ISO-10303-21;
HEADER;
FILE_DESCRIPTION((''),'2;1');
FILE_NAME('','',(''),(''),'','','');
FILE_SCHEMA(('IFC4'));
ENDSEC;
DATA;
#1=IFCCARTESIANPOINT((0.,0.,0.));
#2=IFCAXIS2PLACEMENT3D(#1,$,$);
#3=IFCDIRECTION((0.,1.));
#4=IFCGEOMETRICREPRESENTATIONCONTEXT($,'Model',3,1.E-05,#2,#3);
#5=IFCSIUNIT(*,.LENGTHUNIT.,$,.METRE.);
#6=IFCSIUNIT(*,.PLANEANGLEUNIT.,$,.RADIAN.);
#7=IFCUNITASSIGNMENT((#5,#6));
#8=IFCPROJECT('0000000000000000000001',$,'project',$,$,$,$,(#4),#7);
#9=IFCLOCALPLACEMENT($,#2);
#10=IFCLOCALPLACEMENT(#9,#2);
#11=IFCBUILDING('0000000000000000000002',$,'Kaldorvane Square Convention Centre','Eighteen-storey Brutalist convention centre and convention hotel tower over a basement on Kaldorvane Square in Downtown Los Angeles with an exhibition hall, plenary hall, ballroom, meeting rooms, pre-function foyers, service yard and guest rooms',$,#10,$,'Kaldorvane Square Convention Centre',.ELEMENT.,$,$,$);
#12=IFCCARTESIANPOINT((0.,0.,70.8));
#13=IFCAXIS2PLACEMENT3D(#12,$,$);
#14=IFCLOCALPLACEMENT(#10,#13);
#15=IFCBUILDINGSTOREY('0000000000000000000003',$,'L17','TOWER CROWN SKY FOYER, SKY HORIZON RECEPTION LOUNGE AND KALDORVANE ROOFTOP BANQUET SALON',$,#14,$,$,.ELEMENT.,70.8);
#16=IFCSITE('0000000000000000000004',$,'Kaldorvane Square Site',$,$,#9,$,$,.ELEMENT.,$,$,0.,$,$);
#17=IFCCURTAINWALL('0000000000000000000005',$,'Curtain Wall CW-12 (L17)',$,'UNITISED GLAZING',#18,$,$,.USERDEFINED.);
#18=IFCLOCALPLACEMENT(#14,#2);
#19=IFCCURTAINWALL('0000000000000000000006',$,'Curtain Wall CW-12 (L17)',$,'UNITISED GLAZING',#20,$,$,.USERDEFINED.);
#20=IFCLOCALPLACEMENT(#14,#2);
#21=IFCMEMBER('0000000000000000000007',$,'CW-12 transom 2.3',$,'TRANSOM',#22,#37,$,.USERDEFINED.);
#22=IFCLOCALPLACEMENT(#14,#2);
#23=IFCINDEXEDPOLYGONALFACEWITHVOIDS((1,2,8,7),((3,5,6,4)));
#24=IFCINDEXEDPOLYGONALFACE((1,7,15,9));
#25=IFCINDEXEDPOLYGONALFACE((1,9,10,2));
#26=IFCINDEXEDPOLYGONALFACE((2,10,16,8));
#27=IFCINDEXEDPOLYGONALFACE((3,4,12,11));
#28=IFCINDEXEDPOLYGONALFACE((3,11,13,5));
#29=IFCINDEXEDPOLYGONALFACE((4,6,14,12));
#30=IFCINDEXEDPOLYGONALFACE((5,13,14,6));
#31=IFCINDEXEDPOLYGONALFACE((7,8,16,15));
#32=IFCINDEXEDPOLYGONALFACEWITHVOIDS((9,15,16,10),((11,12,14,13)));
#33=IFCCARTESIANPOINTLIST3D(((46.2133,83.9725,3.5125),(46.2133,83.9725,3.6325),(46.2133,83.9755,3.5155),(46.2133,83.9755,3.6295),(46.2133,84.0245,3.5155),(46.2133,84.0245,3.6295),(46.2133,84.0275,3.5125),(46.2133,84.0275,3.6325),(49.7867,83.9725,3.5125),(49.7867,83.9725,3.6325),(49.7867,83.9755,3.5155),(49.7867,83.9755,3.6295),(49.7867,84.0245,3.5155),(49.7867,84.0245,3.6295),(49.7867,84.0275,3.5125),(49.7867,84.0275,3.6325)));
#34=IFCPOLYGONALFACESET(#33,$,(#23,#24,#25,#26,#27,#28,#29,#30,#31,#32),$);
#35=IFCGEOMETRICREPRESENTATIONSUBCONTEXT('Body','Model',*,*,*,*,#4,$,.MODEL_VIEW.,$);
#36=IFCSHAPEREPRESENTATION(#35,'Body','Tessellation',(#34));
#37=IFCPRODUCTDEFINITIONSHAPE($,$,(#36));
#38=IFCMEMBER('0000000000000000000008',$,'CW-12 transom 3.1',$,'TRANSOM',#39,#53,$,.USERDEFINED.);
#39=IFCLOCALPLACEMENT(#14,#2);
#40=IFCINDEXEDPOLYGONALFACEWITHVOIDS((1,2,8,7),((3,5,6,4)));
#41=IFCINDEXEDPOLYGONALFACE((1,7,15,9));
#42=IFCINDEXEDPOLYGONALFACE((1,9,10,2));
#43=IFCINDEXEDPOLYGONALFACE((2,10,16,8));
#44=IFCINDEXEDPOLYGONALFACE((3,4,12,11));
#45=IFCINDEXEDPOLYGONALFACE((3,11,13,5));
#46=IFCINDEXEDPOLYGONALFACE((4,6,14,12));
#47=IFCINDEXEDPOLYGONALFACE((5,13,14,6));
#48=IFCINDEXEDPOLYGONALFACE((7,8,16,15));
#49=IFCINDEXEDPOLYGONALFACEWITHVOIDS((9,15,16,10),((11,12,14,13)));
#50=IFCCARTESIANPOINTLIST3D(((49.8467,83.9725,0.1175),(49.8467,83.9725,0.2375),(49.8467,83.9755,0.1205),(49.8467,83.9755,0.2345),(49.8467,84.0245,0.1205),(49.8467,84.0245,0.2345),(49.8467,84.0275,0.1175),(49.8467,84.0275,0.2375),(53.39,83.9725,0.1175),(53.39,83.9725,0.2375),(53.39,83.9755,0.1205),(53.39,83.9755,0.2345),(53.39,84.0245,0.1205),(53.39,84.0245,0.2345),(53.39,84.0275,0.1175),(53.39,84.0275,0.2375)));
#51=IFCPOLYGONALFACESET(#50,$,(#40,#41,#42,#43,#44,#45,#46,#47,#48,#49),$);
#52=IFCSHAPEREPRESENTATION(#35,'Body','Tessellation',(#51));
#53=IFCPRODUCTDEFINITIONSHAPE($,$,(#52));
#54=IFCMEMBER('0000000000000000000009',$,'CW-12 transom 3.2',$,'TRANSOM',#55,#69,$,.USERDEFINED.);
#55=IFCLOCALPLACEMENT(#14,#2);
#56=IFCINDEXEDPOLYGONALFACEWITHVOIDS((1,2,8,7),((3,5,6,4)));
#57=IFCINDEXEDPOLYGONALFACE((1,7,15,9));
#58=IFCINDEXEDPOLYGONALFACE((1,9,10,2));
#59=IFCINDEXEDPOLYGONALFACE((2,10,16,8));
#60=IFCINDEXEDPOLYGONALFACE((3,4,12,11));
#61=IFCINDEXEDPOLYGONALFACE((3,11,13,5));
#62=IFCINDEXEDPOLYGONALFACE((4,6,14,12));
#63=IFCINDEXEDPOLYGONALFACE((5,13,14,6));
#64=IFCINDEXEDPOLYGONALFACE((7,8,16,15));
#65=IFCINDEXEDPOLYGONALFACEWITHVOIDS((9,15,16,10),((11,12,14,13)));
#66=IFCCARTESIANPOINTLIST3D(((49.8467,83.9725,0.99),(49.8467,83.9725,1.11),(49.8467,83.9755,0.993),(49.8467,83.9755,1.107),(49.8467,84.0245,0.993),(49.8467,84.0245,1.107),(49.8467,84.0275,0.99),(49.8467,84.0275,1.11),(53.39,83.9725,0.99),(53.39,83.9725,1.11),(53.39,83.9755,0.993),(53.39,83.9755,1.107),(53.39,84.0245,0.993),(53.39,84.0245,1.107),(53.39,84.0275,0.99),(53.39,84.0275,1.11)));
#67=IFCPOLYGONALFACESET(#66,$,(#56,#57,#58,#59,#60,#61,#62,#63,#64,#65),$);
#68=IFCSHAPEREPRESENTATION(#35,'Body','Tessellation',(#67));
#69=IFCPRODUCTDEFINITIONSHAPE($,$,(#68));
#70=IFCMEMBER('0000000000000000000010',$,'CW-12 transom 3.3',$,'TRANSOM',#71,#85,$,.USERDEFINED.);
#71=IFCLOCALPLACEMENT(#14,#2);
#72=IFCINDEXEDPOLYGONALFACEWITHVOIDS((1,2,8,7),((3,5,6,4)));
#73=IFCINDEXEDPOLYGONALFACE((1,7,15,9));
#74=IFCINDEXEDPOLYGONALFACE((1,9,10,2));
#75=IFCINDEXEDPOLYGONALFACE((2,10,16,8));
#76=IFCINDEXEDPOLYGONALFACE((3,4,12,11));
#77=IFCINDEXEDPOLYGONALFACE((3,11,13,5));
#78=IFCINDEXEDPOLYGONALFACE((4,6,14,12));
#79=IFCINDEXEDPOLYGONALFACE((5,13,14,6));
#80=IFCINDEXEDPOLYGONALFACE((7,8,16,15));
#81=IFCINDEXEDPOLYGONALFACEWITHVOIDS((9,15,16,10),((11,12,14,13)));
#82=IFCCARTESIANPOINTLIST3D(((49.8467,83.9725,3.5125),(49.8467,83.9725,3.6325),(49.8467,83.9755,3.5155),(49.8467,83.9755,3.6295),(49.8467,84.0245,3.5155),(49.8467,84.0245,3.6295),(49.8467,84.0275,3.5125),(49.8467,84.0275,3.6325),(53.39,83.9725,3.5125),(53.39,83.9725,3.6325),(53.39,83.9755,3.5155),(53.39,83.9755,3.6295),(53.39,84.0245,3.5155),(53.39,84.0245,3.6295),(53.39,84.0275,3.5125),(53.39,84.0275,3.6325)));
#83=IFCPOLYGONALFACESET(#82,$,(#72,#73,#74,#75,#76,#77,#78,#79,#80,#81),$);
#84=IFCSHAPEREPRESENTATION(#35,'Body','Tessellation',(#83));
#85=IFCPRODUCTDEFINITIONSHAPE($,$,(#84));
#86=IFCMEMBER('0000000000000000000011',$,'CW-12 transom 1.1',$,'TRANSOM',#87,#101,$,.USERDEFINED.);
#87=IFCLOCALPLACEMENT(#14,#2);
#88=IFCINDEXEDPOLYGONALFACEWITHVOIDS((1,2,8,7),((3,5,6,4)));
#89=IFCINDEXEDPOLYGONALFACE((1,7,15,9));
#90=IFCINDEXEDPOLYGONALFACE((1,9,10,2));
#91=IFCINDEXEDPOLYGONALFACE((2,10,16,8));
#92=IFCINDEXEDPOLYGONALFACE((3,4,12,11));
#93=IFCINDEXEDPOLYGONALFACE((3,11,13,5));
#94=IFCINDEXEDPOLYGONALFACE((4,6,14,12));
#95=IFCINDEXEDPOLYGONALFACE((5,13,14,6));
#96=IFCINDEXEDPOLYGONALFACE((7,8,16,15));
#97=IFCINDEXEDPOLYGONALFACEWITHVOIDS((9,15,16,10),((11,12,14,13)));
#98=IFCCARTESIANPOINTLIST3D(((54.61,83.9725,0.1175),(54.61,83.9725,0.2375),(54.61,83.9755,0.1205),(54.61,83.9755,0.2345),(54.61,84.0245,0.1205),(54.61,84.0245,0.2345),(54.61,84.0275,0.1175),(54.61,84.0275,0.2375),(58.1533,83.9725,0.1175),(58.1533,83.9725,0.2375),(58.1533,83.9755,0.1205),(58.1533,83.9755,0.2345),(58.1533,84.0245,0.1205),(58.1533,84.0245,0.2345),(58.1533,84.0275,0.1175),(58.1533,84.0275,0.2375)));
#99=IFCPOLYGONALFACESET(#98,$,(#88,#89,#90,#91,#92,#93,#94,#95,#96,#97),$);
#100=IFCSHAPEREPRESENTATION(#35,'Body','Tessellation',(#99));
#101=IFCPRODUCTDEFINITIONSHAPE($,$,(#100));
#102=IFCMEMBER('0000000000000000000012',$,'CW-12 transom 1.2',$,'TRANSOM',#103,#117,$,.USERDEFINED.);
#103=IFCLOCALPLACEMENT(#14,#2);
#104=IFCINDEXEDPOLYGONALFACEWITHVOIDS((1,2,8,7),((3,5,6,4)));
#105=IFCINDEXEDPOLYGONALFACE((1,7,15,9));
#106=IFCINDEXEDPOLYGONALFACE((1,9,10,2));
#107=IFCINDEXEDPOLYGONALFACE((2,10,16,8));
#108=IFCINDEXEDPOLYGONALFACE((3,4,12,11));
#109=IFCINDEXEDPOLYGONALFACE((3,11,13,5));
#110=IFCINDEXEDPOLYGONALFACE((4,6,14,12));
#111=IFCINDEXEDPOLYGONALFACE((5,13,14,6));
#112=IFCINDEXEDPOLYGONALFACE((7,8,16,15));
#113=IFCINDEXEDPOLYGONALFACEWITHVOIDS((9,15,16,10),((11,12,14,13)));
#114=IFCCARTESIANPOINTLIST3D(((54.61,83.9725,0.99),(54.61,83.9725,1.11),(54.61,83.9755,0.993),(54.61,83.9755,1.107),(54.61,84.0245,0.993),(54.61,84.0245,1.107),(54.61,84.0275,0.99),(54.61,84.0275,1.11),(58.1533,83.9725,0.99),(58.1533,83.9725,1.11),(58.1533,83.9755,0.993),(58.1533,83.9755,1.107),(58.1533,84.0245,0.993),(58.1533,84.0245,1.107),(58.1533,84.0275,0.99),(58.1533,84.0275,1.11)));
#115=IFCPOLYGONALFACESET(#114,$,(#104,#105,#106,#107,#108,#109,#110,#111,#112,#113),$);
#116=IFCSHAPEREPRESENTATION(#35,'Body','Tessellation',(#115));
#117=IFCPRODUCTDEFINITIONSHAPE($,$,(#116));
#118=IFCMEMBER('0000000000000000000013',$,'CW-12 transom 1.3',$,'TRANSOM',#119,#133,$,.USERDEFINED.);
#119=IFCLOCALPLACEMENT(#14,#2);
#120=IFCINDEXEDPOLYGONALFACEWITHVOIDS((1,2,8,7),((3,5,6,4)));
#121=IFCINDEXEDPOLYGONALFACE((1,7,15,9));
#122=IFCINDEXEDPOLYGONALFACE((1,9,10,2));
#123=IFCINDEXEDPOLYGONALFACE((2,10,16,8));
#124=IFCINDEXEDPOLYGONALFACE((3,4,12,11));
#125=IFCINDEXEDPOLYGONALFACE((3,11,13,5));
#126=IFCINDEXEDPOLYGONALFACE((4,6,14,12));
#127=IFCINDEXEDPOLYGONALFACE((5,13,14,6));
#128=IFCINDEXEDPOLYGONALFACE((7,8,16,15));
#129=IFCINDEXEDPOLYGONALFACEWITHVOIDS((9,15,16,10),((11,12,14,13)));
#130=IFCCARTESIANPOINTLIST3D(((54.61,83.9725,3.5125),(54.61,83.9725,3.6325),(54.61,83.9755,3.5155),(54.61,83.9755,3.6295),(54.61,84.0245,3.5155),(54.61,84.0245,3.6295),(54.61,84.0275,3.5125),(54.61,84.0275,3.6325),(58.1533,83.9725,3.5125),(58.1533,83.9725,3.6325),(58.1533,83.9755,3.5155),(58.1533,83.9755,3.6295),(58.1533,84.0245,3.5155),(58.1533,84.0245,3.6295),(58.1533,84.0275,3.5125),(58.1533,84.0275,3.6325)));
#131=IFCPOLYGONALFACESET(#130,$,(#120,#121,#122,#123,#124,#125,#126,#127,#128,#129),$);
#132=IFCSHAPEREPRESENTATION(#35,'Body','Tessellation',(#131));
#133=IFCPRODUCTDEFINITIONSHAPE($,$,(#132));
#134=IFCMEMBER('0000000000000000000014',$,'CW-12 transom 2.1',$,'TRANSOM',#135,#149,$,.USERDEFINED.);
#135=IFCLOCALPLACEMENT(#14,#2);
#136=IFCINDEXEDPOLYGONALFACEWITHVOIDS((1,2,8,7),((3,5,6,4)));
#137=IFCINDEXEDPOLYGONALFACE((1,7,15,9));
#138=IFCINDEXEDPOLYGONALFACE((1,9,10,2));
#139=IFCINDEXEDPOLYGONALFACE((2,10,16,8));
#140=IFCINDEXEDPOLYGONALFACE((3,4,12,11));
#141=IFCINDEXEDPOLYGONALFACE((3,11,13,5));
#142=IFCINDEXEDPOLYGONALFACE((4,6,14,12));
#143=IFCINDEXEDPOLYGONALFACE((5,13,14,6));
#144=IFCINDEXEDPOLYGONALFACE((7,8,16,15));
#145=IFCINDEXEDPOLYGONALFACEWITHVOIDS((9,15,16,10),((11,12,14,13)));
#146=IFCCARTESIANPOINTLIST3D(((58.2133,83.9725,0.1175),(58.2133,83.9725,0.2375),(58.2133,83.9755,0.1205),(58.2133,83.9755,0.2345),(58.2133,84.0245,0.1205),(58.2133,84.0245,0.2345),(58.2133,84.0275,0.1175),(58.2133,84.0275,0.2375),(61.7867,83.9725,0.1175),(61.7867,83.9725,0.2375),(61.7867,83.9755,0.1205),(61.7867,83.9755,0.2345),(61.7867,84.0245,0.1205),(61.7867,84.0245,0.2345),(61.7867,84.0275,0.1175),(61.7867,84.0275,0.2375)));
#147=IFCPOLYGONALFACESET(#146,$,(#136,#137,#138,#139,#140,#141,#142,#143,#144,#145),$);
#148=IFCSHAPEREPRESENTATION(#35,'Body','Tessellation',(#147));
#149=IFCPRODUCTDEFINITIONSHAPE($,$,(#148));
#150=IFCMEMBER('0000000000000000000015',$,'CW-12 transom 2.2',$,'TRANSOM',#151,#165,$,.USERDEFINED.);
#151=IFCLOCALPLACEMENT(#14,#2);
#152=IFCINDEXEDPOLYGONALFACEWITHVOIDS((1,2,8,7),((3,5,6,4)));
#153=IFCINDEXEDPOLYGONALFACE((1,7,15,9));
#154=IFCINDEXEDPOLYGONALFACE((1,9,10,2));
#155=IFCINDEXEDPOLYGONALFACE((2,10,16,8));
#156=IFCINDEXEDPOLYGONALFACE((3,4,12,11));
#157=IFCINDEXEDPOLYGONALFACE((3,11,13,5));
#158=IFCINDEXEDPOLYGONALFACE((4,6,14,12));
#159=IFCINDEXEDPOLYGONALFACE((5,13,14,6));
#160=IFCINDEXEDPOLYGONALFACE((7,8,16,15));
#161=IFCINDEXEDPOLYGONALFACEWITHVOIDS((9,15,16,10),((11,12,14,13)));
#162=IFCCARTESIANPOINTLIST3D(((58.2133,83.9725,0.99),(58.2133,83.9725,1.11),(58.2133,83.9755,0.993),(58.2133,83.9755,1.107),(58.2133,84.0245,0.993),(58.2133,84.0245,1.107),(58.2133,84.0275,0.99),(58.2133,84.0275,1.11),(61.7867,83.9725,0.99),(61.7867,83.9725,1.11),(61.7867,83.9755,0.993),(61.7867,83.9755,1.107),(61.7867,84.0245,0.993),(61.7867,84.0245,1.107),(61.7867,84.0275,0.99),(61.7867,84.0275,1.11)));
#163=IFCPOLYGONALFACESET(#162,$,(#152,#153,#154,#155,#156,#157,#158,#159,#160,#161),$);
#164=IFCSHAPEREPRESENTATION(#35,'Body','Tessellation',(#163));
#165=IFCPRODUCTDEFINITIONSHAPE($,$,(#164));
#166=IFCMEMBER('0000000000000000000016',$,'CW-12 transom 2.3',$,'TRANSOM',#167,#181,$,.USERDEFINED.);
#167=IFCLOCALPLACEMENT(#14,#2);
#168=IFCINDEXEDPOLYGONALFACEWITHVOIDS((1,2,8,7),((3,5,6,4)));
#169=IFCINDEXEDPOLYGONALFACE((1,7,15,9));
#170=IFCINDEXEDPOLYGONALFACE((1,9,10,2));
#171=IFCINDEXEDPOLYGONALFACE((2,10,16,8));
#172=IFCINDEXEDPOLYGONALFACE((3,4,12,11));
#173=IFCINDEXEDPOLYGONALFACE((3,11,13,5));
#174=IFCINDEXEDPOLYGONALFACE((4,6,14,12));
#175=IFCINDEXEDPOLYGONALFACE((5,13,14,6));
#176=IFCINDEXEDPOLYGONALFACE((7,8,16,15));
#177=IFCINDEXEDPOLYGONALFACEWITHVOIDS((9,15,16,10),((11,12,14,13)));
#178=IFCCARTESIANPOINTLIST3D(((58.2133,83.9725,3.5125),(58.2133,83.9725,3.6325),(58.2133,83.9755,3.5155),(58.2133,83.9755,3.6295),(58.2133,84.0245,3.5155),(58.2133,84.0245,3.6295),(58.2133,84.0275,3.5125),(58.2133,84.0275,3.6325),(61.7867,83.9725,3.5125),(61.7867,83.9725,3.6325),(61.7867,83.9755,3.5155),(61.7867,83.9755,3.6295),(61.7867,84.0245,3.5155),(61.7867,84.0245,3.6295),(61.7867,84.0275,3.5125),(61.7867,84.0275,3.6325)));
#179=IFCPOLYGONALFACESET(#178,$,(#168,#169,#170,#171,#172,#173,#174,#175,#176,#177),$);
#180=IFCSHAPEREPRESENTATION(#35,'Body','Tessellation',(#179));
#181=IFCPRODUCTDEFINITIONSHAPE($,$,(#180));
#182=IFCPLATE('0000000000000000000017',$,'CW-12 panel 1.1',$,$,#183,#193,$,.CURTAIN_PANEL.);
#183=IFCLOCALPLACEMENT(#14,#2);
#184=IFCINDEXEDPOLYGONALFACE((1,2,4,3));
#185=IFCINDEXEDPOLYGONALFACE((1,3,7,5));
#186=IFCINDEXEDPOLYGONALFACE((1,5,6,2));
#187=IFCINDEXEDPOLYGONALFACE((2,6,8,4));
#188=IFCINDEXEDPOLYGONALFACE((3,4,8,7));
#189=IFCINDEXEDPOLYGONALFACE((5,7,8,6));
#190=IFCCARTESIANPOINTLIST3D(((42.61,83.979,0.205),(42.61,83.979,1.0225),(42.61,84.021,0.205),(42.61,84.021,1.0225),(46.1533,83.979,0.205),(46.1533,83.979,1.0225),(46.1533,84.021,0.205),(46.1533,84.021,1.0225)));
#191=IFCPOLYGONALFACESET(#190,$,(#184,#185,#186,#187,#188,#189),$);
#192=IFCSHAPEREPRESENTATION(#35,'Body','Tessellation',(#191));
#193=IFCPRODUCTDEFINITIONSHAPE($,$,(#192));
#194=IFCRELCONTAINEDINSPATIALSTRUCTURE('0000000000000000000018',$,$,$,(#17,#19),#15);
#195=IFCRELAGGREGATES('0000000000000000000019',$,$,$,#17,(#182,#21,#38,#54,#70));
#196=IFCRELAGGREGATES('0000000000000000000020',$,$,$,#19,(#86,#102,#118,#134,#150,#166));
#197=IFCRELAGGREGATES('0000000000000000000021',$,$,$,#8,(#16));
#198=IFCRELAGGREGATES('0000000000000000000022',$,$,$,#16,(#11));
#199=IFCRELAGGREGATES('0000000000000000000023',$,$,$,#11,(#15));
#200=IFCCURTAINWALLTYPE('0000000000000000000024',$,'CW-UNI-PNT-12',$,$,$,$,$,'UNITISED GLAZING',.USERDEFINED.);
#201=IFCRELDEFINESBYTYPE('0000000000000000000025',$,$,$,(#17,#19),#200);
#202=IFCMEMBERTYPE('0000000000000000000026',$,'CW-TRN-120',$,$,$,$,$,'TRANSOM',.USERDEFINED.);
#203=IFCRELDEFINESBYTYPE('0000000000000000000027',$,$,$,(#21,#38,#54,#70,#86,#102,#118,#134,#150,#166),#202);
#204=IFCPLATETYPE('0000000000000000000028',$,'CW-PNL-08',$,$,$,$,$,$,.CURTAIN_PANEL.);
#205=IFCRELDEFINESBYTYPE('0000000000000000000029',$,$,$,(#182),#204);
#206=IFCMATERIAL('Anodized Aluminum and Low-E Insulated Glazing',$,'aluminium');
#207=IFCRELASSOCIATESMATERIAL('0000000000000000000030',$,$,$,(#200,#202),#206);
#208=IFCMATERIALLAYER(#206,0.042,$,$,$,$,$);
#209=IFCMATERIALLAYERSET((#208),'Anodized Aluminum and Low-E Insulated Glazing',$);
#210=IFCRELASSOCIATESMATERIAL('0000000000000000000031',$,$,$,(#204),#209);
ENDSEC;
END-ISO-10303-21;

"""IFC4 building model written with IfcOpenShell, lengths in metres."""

from ifc_helpers import new_model, si_unit, direction, frame, origin, origin_2d, place, context, subcontext, project, spatial, rectangle, hollow_rectangle, extrude, material, layer, layer_set, material_profile, profile_set, type_object, element, aggregate, save


model = new_model("IFC4")

# Units and contexts
model_context = context("Model", 3, precision=1e-05, world=origin(), true_north=direction((0.0, 1.0)))
body_context = subcontext(model_context, "Body", "Model", "MODEL_VIEW")
ifc_project = project(units=[si_unit("LENGTHUNIT", "METRE"), si_unit("PLANEANGLEUNIT", "RADIAN")], contexts=[model_context])

# Site, building, storey
site_placement = place(None, origin())
site = spatial("IfcSite", under=ifc_project, at=site_placement, Name="Kaldorvane Square Site", CompositionType="ELEMENT", RefElevation=0.0)
building_placement = place(site_placement, origin())
building = spatial("IfcBuilding", under=site, at=building_placement, Name="Kaldorvane Square Convention Centre", Description="Eighteen-storey Brutalist convention centre and convention hotel tower over a basement on Kaldorvane Square in Downtown Los Angeles with an exhibition hall, plenary hall, ballroom, meeting rooms, pre-function foyers, service yard and guest rooms", LongName="Kaldorvane Square Convention Centre", CompositionType="ELEMENT")
storey_placement = place(building_placement, frame((0.0, 0.0, 70.8)))
storey = spatial("IfcBuildingStorey", under=building, at=storey_placement, Name="L17", Description="TOWER CROWN SKY FOYER, SKY HORIZON RECEPTION LOUNGE AND KALDORVANE ROOFTOP BANQUET SALON", CompositionType="ELEMENT", Elevation=70.8)

# Curtain walls
ifc_material_1 = material(Name="Anodized Aluminum and Low-E Insulated Glazing", Category="aluminium")
curtain_wall_type = type_object("IfcCurtainWallType", Name="CW-UNI-PNT-12", ElementType="UNITISED GLAZING", PredefinedType="USERDEFINED", material=ifc_material_1)
curtain_wall_1_placement = place(storey_placement, origin())
curtain_wall_1 = element("IfcCurtainWall", 1, at=curtain_wall_1_placement, inside=storey, type_object=curtain_wall_type, Name="Curtain Wall CW-12 (L17)", ObjectType="UNITISED GLAZING", PredefinedType="USERDEFINED")
curtain_wall_2_placement = place(storey_placement, origin())
curtain_wall_2 = element("IfcCurtainWall", 2, at=curtain_wall_2_placement, inside=storey, type_object=curtain_wall_type, Name="Curtain Wall CW-12 (L17)", ObjectType="UNITISED GLAZING", PredefinedType="USERDEFINED")

# Members
ifc_material_profile_1 = material_profile(ifc_material_1, hollow_rectangle(XDim=0.055, YDim=0.12, WallThickness=0.003, at=origin_2d()), Name="CWT-120X55")
ifc_profile_set_1 = profile_set([ifc_material_profile_1], Name="Anodized Aluminum and Low-E Insulated Glazing")
member_type_1 = type_object("IfcMemberType", Name="CW-TRN-120", ElementType="TRANSOM", PredefinedType="USERDEFINED", material=ifc_profile_set_1)
member_1_placement = place(storey_placement, frame((46.2133, 84.0, 3.5725), z_axis=(1.0, 0.0, 0.0), x_axis=(0.0, 1.0, 0.0)))
member_1 = element("IfcMember", 3, at=member_1_placement, type_object=member_type_1, Name="CW-12 transom 2.3", ObjectType="TRANSOM", PredefinedType="USERDEFINED", context=body_context, shape_type="SweptSolid", body=[
    extrude(hollow_rectangle(XDim=0.055, YDim=0.12, WallThickness=0.003, at=origin_2d()), origin(), (0.0, 0.0, 1.0), 3.5733),
])
member_2_placement = place(storey_placement, frame((49.8467, 84.0, 0.1775), z_axis=(1.0, 0.0, 0.0), x_axis=(0.0, 1.0, 0.0)))
member_2 = element("IfcMember", 4, at=member_2_placement, type_object=member_type_1, Name="CW-12 transom 3.1", ObjectType="TRANSOM", PredefinedType="USERDEFINED", context=body_context, shape_type="SweptSolid", body=[
    extrude(hollow_rectangle(XDim=0.055, YDim=0.12, WallThickness=0.003, at=origin_2d()), origin(), (0.0, 0.0, 1.0), 3.5433),
])
member_3_placement = place(storey_placement, frame((49.8467, 84.0, 1.05), z_axis=(1.0, 0.0, 0.0), x_axis=(0.0, 1.0, 0.0)))
member_3 = element("IfcMember", 5, at=member_3_placement, type_object=member_type_1, Name="CW-12 transom 3.2", ObjectType="TRANSOM", PredefinedType="USERDEFINED", context=body_context, shape_type="SweptSolid", body=[
    extrude(hollow_rectangle(XDim=0.055, YDim=0.12, WallThickness=0.003, at=origin_2d()), origin(), (0.0, 0.0, 1.0), 3.5433),
])
member_4_placement = place(storey_placement, frame((49.8467, 84.0, 3.5725), z_axis=(1.0, 0.0, 0.0), x_axis=(0.0, 1.0, 0.0)))
member_4 = element("IfcMember", 6, at=member_4_placement, type_object=member_type_1, Name="CW-12 transom 3.3", ObjectType="TRANSOM", PredefinedType="USERDEFINED", context=body_context, shape_type="SweptSolid", body=[
    extrude(hollow_rectangle(XDim=0.055, YDim=0.12, WallThickness=0.003, at=origin_2d()), origin(), (0.0, 0.0, 1.0), 3.5433),
])
member_5_placement = place(storey_placement, frame((54.61, 84.0, 0.1775), z_axis=(1.0, 0.0, 0.0), x_axis=(0.0, 1.0, 0.0)))
member_5 = element("IfcMember", 7, at=member_5_placement, type_object=member_type_1, Name="CW-12 transom 1.1", ObjectType="TRANSOM", PredefinedType="USERDEFINED", context=body_context, shape_type="SweptSolid", body=[
    extrude(hollow_rectangle(XDim=0.055, YDim=0.12, WallThickness=0.003, at=origin_2d()), origin(), (0.0, 0.0, 1.0), 3.5433),
])
member_6_placement = place(storey_placement, frame((54.61, 84.0, 1.05), z_axis=(1.0, 0.0, 0.0), x_axis=(0.0, 1.0, 0.0)))
member_6 = element("IfcMember", 8, at=member_6_placement, type_object=member_type_1, Name="CW-12 transom 1.2", ObjectType="TRANSOM", PredefinedType="USERDEFINED", context=body_context, shape_type="SweptSolid", body=[
    extrude(hollow_rectangle(XDim=0.055, YDim=0.12, WallThickness=0.003, at=origin_2d()), origin(), (0.0, 0.0, 1.0), 3.5433),
])
member_7_placement = place(storey_placement, frame((54.61, 84.0, 3.5725), z_axis=(1.0, 0.0, 0.0), x_axis=(0.0, 1.0, 0.0)))
member_7 = element("IfcMember", 9, at=member_7_placement, type_object=member_type_1, Name="CW-12 transom 1.3", ObjectType="TRANSOM", PredefinedType="USERDEFINED", context=body_context, shape_type="SweptSolid", body=[
    extrude(hollow_rectangle(XDim=0.055, YDim=0.12, WallThickness=0.003, at=origin_2d()), origin(), (0.0, 0.0, 1.0), 3.5433),
])
member_8_placement = place(storey_placement, frame((58.2133, 84.0, 0.1775), z_axis=(1.0, 0.0, 0.0), x_axis=(0.0, 1.0, 0.0)))
member_8 = element("IfcMember", 10, at=member_8_placement, type_object=member_type_1, Name="CW-12 transom 2.1", ObjectType="TRANSOM", PredefinedType="USERDEFINED", context=body_context, shape_type="SweptSolid", body=[
    extrude(hollow_rectangle(XDim=0.055, YDim=0.12, WallThickness=0.003, at=origin_2d()), origin(), (0.0, 0.0, 1.0), 3.5733),
])
member_9_placement = place(storey_placement, frame((58.2133, 84.0, 1.05), z_axis=(1.0, 0.0, 0.0), x_axis=(0.0, 1.0, 0.0)))
member_9 = element("IfcMember", 11, at=member_9_placement, type_object=member_type_1, Name="CW-12 transom 2.2", ObjectType="TRANSOM", PredefinedType="USERDEFINED", context=body_context, shape_type="SweptSolid", body=[
    extrude(hollow_rectangle(XDim=0.055, YDim=0.12, WallThickness=0.003, at=origin_2d()), origin(), (0.0, 0.0, 1.0), 3.5733),
])
member_10_placement = place(storey_placement, frame((58.2133, 84.0, 3.5725), z_axis=(1.0, 0.0, 0.0), x_axis=(0.0, 1.0, 0.0)))
member_10 = element("IfcMember", 12, at=member_10_placement, type_object=member_type_1, Name="CW-12 transom 2.3", ObjectType="TRANSOM", PredefinedType="USERDEFINED", context=body_context, shape_type="SweptSolid", body=[
    extrude(hollow_rectangle(XDim=0.055, YDim=0.12, WallThickness=0.003, at=origin_2d()), origin(), (0.0, 0.0, 1.0), 3.5733),
])

# Plate
ifc_layer_1 = layer(ifc_material_1, 0.042)
ifc_layer_set_1 = layer_set([ifc_layer_1], Name="Anodized Aluminum and Low-E Insulated Glazing")
plate_type = type_object("IfcPlateType", Name="CW-PNL-08", PredefinedType="CURTAIN_PANEL", material=ifc_layer_set_1)
plate_1_placement = place(storey_placement, frame((44.3817, 84.0, 0.205), z_axis=(0.0, 0.0, 1.0), x_axis=(1.0, 0.0, 0.0)))
plate_1 = element("IfcPlate", 13, at=plate_1_placement, type_object=plate_type, Name="CW-12 panel 1.1", PredefinedType="CURTAIN_PANEL", context=body_context, shape_type="SweptSolid", body=[
    extrude(rectangle(XDim=3.5433, YDim=0.042, at=origin_2d()), origin(), (0.0, 0.0, 1.0), 0.8175),
])
aggregate(curtain_wall_1, [plate_1, member_1, member_2, member_3, member_4])
aggregate(curtain_wall_2, [member_5, member_6, member_7, member_8, member_9, member_10])

save(model, "model.ifc")
